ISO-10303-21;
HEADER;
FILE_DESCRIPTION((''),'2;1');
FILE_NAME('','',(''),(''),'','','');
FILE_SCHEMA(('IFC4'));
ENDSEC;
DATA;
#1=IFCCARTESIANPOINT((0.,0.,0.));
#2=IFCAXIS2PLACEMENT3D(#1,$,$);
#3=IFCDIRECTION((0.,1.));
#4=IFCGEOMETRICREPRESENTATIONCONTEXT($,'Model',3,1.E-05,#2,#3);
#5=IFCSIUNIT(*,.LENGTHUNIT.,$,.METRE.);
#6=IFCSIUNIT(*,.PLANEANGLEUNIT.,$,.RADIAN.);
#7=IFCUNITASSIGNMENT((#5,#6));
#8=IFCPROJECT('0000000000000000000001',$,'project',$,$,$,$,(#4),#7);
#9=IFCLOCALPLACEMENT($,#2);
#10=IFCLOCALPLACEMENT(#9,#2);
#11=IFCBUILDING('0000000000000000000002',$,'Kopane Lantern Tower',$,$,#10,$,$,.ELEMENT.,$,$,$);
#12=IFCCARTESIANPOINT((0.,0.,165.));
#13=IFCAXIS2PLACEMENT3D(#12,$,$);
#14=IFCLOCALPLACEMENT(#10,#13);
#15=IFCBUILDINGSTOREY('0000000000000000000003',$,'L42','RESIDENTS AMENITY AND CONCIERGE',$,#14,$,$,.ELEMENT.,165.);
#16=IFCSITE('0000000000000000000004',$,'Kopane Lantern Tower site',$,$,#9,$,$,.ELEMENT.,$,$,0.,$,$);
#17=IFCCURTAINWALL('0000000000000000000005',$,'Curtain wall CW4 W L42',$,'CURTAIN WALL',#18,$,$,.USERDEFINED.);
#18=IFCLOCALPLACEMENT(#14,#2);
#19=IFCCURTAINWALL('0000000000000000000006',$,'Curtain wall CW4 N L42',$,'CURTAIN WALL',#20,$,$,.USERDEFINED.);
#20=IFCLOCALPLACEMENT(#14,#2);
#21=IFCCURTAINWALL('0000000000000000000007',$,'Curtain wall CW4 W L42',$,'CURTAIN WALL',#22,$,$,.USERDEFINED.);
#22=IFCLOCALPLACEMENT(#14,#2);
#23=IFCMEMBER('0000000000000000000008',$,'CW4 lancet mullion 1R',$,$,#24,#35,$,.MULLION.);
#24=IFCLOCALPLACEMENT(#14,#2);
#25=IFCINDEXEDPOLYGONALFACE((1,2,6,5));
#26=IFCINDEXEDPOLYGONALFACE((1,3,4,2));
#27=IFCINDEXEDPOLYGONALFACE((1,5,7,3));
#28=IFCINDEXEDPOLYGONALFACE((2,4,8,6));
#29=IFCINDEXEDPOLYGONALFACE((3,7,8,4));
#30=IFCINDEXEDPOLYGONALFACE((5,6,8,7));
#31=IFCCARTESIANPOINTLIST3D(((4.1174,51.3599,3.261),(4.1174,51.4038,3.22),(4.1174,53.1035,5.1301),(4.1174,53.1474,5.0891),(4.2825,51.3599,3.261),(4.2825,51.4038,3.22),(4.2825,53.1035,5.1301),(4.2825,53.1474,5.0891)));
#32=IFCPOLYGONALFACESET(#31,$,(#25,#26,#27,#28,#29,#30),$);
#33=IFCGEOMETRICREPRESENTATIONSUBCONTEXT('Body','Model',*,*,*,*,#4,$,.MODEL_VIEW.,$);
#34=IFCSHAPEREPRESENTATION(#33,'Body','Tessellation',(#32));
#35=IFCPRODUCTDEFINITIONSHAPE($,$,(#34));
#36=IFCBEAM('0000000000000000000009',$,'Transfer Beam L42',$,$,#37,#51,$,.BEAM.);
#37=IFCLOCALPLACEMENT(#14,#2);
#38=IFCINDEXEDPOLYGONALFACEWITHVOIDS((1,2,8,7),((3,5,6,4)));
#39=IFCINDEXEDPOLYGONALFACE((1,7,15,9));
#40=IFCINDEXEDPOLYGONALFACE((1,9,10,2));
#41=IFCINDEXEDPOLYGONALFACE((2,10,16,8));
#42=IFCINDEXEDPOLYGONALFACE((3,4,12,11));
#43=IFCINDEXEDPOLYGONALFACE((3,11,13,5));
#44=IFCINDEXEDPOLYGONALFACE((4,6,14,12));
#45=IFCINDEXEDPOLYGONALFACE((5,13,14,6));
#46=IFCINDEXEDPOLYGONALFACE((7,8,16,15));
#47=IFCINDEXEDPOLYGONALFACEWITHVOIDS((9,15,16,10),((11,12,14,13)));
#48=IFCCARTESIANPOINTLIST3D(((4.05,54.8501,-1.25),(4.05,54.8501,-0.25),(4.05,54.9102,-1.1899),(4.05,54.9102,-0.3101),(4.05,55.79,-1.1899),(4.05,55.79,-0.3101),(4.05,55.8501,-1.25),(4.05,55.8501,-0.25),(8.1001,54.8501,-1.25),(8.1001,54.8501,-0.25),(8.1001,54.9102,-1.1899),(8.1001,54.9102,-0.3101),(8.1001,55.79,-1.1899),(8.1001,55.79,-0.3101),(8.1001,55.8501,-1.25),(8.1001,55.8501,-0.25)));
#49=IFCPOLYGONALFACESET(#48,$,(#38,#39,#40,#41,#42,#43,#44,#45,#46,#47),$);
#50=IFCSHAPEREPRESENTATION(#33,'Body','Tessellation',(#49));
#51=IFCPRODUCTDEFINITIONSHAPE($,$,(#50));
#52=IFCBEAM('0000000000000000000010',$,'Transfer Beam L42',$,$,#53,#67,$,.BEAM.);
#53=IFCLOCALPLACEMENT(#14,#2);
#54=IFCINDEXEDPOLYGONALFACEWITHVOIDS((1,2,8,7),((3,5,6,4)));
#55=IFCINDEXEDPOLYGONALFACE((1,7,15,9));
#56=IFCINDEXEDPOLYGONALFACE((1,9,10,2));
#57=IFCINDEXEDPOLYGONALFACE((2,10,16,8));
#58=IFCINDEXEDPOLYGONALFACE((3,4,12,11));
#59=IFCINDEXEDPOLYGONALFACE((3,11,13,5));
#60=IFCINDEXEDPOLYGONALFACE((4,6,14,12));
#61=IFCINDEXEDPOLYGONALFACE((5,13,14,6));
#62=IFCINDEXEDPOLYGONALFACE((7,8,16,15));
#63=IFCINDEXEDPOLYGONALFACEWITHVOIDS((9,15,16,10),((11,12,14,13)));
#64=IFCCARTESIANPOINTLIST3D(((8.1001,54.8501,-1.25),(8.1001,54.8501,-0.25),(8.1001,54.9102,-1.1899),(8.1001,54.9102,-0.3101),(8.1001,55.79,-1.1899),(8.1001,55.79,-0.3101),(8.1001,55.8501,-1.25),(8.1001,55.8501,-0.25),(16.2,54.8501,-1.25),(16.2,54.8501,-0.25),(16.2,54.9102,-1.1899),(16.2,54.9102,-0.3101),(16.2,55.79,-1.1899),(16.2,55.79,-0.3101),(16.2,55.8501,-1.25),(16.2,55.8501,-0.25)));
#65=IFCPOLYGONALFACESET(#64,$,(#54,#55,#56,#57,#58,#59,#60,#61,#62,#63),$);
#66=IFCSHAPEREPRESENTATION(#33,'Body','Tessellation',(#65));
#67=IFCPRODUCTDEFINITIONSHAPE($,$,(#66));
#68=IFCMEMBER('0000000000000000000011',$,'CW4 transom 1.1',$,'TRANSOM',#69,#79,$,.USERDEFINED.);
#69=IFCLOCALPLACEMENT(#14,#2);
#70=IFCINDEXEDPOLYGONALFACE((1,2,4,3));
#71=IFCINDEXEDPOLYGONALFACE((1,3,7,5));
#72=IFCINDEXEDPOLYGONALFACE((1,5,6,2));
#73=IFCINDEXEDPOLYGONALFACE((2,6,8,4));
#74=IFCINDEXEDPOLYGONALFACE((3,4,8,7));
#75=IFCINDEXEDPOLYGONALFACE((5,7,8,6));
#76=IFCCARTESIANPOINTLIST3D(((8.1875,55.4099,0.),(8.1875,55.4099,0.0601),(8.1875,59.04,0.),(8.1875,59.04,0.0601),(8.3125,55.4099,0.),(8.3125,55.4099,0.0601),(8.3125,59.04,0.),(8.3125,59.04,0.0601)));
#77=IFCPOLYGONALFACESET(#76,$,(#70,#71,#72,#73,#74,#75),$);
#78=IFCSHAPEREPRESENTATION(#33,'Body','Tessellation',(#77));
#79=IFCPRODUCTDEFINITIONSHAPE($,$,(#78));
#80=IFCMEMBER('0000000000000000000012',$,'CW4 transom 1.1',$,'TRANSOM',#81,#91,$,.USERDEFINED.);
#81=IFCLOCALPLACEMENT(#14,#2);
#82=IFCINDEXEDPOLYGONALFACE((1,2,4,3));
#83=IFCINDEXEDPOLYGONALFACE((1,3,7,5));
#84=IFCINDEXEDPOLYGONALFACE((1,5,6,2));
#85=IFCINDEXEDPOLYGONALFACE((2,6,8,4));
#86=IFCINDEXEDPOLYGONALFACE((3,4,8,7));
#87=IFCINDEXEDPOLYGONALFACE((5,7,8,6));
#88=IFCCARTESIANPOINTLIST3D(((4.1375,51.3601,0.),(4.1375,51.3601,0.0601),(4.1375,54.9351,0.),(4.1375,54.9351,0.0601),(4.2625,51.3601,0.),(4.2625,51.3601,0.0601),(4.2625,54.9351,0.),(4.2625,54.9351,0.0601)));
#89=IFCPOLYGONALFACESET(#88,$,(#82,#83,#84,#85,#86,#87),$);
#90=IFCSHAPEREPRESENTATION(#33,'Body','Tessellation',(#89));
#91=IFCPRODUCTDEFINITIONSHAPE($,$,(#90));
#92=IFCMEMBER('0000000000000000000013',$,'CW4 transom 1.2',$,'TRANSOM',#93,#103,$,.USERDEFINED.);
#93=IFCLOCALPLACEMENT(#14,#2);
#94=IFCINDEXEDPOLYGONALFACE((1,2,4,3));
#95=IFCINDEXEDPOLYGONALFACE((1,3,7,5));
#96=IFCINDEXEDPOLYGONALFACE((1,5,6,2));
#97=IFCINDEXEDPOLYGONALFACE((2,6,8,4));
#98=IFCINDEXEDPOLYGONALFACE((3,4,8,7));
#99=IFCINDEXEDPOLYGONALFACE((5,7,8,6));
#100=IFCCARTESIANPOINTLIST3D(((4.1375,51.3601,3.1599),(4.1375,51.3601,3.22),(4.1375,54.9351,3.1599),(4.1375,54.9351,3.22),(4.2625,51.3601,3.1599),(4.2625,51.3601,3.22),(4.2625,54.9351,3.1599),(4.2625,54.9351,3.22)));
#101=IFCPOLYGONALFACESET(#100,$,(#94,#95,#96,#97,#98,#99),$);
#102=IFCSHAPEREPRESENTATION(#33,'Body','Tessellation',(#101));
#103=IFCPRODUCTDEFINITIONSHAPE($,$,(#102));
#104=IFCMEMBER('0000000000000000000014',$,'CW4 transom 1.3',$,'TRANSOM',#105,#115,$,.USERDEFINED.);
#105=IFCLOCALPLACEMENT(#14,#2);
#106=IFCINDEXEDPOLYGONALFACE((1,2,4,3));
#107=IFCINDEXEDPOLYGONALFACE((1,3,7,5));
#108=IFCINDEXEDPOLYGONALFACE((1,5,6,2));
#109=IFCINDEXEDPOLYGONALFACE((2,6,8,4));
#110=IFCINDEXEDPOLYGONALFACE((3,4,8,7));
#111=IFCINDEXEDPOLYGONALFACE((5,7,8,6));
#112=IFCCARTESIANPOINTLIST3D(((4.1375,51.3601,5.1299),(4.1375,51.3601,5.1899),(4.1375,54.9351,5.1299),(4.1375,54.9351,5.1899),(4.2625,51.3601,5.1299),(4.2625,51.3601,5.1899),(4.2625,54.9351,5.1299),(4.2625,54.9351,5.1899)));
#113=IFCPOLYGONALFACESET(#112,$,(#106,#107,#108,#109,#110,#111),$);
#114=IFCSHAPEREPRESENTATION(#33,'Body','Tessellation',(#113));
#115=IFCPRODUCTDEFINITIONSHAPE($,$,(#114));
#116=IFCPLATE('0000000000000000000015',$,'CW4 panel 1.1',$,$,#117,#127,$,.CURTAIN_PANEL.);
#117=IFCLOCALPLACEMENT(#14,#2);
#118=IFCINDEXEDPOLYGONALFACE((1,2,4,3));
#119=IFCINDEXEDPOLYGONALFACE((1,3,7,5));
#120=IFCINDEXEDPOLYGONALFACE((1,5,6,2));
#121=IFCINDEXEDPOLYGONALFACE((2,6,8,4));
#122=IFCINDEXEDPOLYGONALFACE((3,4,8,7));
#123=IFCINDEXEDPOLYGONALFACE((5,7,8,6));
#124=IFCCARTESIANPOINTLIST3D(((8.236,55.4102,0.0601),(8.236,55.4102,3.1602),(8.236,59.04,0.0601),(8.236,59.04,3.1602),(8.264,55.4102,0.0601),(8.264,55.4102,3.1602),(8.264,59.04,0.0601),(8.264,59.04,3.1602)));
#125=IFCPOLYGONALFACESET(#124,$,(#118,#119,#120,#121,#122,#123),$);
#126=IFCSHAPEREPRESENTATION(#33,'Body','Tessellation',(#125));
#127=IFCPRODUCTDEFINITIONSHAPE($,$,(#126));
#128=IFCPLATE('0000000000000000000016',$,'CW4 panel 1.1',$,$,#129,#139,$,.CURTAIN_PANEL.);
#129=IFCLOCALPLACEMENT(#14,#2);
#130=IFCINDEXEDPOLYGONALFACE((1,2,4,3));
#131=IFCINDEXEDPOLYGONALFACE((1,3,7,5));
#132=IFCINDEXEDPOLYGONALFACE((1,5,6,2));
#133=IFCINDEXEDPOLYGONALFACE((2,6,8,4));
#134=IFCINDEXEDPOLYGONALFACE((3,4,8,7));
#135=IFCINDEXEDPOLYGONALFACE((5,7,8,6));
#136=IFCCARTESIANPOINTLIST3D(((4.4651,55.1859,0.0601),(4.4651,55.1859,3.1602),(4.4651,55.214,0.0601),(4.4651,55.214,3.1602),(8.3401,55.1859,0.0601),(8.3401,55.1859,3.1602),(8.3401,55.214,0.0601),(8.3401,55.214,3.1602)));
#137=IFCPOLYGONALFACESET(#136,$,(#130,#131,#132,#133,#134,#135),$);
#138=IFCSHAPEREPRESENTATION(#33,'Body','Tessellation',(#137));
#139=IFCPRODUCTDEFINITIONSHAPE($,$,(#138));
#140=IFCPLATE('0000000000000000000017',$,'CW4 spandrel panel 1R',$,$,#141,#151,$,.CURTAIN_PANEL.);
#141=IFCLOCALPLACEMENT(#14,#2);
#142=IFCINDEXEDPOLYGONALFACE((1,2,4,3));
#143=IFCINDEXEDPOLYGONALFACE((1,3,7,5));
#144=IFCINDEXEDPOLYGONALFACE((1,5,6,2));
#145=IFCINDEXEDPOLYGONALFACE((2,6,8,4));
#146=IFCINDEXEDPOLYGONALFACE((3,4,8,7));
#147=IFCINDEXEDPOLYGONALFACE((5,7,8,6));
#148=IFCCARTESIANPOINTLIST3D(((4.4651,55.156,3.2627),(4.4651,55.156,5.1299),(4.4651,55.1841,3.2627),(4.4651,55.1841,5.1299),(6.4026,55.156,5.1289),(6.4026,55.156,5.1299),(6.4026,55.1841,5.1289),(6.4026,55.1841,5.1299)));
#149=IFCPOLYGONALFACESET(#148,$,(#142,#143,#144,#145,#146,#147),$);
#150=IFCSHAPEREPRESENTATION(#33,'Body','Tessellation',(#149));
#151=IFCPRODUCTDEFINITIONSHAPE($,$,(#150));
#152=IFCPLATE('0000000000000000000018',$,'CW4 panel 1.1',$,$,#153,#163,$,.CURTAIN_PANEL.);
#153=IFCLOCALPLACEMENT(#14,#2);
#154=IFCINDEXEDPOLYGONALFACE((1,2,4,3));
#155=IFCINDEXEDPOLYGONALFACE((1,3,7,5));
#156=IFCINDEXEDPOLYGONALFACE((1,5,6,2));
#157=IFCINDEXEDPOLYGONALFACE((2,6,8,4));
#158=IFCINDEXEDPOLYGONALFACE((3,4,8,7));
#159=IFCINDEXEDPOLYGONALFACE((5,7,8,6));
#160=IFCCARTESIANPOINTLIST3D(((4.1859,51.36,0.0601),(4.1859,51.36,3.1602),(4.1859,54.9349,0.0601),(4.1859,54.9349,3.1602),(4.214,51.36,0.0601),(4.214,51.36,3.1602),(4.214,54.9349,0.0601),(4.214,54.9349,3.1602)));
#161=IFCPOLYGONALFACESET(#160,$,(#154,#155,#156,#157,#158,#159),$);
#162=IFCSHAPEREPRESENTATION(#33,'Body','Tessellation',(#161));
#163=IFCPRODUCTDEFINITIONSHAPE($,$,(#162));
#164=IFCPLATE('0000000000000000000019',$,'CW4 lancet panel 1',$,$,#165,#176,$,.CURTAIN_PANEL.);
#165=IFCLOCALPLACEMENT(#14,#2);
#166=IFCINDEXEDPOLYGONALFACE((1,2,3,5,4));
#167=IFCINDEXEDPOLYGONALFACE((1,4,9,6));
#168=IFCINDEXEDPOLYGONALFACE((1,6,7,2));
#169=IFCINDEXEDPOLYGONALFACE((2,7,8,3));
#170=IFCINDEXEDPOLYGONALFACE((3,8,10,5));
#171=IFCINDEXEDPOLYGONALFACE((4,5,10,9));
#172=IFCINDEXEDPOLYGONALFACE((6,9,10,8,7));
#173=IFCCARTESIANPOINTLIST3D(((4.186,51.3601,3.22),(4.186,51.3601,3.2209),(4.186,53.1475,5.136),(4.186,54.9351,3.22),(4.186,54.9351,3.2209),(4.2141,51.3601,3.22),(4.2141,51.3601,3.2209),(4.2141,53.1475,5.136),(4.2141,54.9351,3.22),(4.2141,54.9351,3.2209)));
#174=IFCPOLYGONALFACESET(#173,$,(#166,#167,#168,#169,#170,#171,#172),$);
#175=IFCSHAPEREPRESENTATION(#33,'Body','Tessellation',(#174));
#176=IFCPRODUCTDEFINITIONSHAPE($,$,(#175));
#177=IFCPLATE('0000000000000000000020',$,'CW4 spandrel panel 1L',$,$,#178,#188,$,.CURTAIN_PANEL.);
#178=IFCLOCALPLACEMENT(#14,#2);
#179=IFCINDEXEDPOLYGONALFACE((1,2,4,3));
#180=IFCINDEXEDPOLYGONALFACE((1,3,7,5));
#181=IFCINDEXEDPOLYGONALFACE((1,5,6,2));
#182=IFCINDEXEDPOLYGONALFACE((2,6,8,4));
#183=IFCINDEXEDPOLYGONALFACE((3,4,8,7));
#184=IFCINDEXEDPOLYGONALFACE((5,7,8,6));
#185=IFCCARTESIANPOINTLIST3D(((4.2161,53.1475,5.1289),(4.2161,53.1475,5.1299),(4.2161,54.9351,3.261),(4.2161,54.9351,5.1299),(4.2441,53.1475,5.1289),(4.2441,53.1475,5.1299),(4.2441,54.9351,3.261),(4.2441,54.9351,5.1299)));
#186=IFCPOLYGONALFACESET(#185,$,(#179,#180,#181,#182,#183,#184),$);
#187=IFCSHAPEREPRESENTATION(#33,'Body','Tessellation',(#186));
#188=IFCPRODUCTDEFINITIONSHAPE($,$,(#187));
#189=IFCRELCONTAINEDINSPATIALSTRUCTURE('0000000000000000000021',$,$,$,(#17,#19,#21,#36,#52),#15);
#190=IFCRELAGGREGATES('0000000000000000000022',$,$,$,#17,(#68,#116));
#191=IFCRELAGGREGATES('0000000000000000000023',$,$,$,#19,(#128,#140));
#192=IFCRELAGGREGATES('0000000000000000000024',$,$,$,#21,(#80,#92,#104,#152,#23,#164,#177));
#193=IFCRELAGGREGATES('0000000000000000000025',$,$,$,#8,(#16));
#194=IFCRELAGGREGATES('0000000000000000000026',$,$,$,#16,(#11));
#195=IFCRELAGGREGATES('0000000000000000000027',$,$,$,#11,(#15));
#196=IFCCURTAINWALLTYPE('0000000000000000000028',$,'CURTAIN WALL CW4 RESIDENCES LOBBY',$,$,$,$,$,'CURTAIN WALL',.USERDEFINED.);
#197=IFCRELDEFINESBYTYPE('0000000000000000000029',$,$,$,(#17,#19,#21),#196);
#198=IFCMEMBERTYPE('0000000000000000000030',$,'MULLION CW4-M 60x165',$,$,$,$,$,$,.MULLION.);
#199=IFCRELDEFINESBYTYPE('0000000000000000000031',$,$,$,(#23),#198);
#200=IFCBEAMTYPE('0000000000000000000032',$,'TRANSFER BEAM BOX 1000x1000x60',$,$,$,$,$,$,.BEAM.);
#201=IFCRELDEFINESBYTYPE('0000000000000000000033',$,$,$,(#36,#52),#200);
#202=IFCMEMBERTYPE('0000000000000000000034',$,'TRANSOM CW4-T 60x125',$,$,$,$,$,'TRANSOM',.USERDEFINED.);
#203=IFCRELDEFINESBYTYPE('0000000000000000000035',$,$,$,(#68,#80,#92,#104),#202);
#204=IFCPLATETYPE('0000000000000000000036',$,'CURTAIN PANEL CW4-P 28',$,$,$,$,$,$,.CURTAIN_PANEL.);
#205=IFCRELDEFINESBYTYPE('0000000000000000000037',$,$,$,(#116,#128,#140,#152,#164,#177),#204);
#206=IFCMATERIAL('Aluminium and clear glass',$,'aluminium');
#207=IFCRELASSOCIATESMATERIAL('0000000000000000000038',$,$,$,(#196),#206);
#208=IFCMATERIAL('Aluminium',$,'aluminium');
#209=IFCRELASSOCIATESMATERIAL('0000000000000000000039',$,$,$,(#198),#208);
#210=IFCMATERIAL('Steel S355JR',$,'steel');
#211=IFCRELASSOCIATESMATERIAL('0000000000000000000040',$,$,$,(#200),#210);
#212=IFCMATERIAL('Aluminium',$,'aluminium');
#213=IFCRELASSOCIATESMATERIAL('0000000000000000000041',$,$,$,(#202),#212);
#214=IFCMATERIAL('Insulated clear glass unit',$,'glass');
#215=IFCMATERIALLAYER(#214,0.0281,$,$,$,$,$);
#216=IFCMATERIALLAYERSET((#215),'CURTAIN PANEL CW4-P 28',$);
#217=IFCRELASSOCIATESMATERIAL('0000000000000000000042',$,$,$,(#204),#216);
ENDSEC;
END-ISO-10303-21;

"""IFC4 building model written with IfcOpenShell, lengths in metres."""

from ifc_helpers import new_model, si_unit, direction, frame, origin, origin_2d, place, context, subcontext, project, spatial, polyline, rectangle, hollow_rectangle, outline, extrude, material, layer, layer_set, material_profile, profile_set, type_object, element, aggregate, save


model = new_model("IFC4")

# Units and contexts
model_context = context("Model", 3, precision=1e-05, world=origin(), true_north=direction((0.0, 1.0)))
body_context = subcontext(model_context, "Body", "Model", "MODEL_VIEW")
ifc_project = project(units=[si_unit("LENGTHUNIT", "METRE"), si_unit("PLANEANGLEUNIT", "RADIAN")], contexts=[model_context])

# Site, building, storey
site_placement = place(None, origin())
site = spatial("IfcSite", under=ifc_project, at=site_placement, Name="Kopane Lantern Tower site", CompositionType="ELEMENT", RefElevation=0.0)
building_placement = place(site_placement, origin())
building = spatial("IfcBuilding", under=site, at=building_placement, Name="Kopane Lantern Tower", CompositionType="ELEMENT")
storey_placement = place(building_placement, frame((0.0, 0.0, 165.0)))
storey = spatial("IfcBuildingStorey", under=building, at=storey_placement, Name="L42", Description="RESIDENTS AMENITY AND CONCIERGE", CompositionType="ELEMENT", Elevation=165.0)

# Curtain walls, member
ifc_material_1 = material(Name="Aluminium and clear glass", Category="aluminium")
curtain_wall_type = type_object("IfcCurtainWallType", Name="CURTAIN WALL CW4 RESIDENCES LOBBY", ElementType="CURTAIN WALL", PredefinedType="USERDEFINED", material=ifc_material_1)
curtain_wall_1_placement = place(storey_placement, origin())
curtain_wall_1 = element("IfcCurtainWall", 1, at=curtain_wall_1_placement, inside=storey, type_object=curtain_wall_type, Name="Curtain wall CW4 W L42", ObjectType="CURTAIN WALL", PredefinedType="USERDEFINED")
ifc_material_2 = material(Name="Aluminium", Category="aluminium")
ifc_material_profile_1 = material_profile(ifc_material_2, rectangle(XDim=0.0601, YDim=0.165, at=origin_2d()), Name="AL 60x165")
ifc_profile_set_1 = profile_set([ifc_material_profile_1], Name="Aluminium")
member_type_1 = type_object("IfcMemberType", Name="MULLION CW4-M 60x165", PredefinedType="MULLION", material=ifc_profile_set_1)
curtain_wall_2_placement = place(storey_placement, origin())
curtain_wall_2 = element("IfcCurtainWall", 2, at=curtain_wall_2_placement, inside=storey, type_object=curtain_wall_type, Name="Curtain wall CW4 N L42", ObjectType="CURTAIN WALL", PredefinedType="USERDEFINED")
curtain_wall_3_placement = place(storey_placement, origin())
curtain_wall_3 = element("IfcCurtainWall", 3, at=curtain_wall_3_placement, inside=storey, type_object=curtain_wall_type, Name="Curtain wall CW4 W L42", ObjectType="CURTAIN WALL", PredefinedType="USERDEFINED")
member_1_placement = place(storey_placement, frame((4.2, 51.3818, 3.2405), z_axis=(0.0, 0.682134, 0.731227), x_axis=(0.0, -0.731227, 0.682134)))
member_1 = element("IfcMember", 4, at=member_1_placement, type_object=member_type_1, Name="CW4 lancet mullion 1R", PredefinedType="MULLION", context=body_context, shape_type="SweptSolid", body=[
    extrude(rectangle(XDim=0.0601, YDim=0.165, at=origin_2d()), origin(), (0.0, 0.0, 1.0), 2.5562),
])

# Beams
ifc_material_3 = material(Name="Steel S355JR", Category="steel")
ifc_material_profile_2 = material_profile(ifc_material_3, hollow_rectangle(XDim=1.0, YDim=1.0, WallThickness=0.0601, at=origin_2d()), Name="BOX 1000x1000x60")
ifc_profile_set_2 = profile_set([ifc_material_profile_2], Name="Steel S355JR")
beam_type_1 = type_object("IfcBeamType", Name="TRANSFER BEAM BOX 1000x1000x60", PredefinedType="BEAM", material=ifc_profile_set_2)
beam_1_placement = place(storey_placement, frame((4.05, 55.3501, -0.75), z_axis=(1.0, 0.0, 0.0), x_axis=(0.0, 1.0, 0.0)))
element("IfcBeam", 5, at=beam_1_placement, inside=storey, type_object=beam_type_1, Name="Transfer Beam L42", PredefinedType="BEAM", context=body_context, shape_type="SweptSolid", body=[
    extrude(hollow_rectangle(XDim=1.0, YDim=1.0, WallThickness=0.0601, at=origin_2d()), origin(), (0.0, 0.0, 1.0), 4.05),
])
beam_2_placement = place(storey_placement, frame((8.1001, 55.3501, -0.75), z_axis=(1.0, 0.0, 0.0), x_axis=(0.0, 1.0, 0.0)))
element("IfcBeam", 6, at=beam_2_placement, inside=storey, type_object=beam_type_1, Name="Transfer Beam L42", PredefinedType="BEAM", context=body_context, shape_type="SweptSolid", body=[
    extrude(hollow_rectangle(XDim=1.0, YDim=1.0, WallThickness=0.0601, at=origin_2d()), origin(), (0.0, 0.0, 1.0), 8.0999),
])

# Members
ifc_material_4 = material(Name="Aluminium", Category="aluminium")
ifc_material_profile_3 = material_profile(ifc_material_4, rectangle(XDim=0.125, YDim=0.0601, at=origin_2d()), Name="AL 125x60")
ifc_profile_set_3 = profile_set([ifc_material_profile_3], Name="Aluminium")
member_type_2 = type_object("IfcMemberType", Name="TRANSOM CW4-T 60x125", ElementType="TRANSOM", PredefinedType="USERDEFINED", material=ifc_profile_set_3)
member_2_placement = place(storey_placement, frame((8.25, 59.04, 0.03), z_axis=(0.0, -1.0, 0.0), x_axis=(1.0, 0.0, 0.0)))
member_2 = element("IfcMember", 7, at=member_2_placement, type_object=member_type_2, Name="CW4 transom 1.1", ObjectType="TRANSOM", PredefinedType="USERDEFINED", context=body_context, shape_type="SweptSolid", body=[
    extrude(rectangle(XDim=0.125, YDim=0.0601, at=origin_2d()), origin(), (0.0, 0.0, 1.0), 3.6301),
])
member_3_placement = place(storey_placement, frame((4.2, 54.9351, 0.03), z_axis=(0.0, -1.0, 0.0), x_axis=(1.0, 0.0, 0.0)))
member_3 = element("IfcMember", 8, at=member_3_placement, type_object=member_type_2, Name="CW4 transom 1.1", ObjectType="TRANSOM", PredefinedType="USERDEFINED", context=body_context, shape_type="SweptSolid", body=[
    extrude(rectangle(XDim=0.125, YDim=0.0601, at=origin_2d()), origin(), (0.0, 0.0, 1.0), 3.575),
])
member_4_placement = place(storey_placement, frame((4.2, 54.9351, 3.1899), z_axis=(0.0, -1.0, 0.0), x_axis=(1.0, 0.0, 0.0)))
member_4 = element("IfcMember", 9, at=member_4_placement, type_object=member_type_2, Name="CW4 transom 1.2", ObjectType="TRANSOM", PredefinedType="USERDEFINED", context=body_context, shape_type="SweptSolid", body=[
    extrude(rectangle(XDim=0.125, YDim=0.0601, at=origin_2d()), origin(), (0.0, 0.0, 1.0), 3.575),
])
member_5_placement = place(storey_placement, frame((4.2, 54.9351, 5.1599), z_axis=(0.0, -1.0, 0.0), x_axis=(1.0, 0.0, 0.0)))
member_5 = element("IfcMember", 10, at=member_5_placement, type_object=member_type_2, Name="CW4 transom 1.3", ObjectType="TRANSOM", PredefinedType="USERDEFINED", context=body_context, shape_type="SweptSolid", body=[
    extrude(rectangle(XDim=0.125, YDim=0.0601, at=origin_2d()), origin(), (0.0, 0.0, 1.0), 3.575),
])

# Plates
ifc_material_5 = material(Name="Insulated clear glass unit", Category="glass")
ifc_layer_1 = layer(ifc_material_5, 0.0281)
ifc_layer_set_1 = layer_set([ifc_layer_1], Name="CURTAIN PANEL CW4-P 28")
plate_type_1 = type_object("IfcPlateType", Name="CURTAIN PANEL CW4-P 28", PredefinedType="CURTAIN_PANEL", material=ifc_layer_set_1)
plate_1_placement = place(storey_placement, frame((8.25, 57.2251, 0.0601), z_axis=(0.0, 0.0, 1.0), x_axis=(0.0, -1.0, 0.0)))
plate_1 = element("IfcPlate", 11, at=plate_1_placement, type_object=plate_type_1, Name="CW4 panel 1.1", PredefinedType="CURTAIN_PANEL", context=body_context, shape_type="SweptSolid", body=[
    extrude(rectangle(XDim=3.6299, YDim=0.0281, at=origin_2d()), origin(), (0.0, 0.0, 1.0), 3.1001),
])
aggregate(curtain_wall_1, [member_2, plate_1])
plate_2_placement = place(storey_placement, frame((6.4026, 55.2, 0.0601), z_axis=(0.0, 0.0, 1.0), x_axis=(-1.0, 0.0, 0.0)))
plate_2 = element("IfcPlate", 12, at=plate_2_placement, type_object=plate_type_1, Name="CW4 panel 1.1", PredefinedType="CURTAIN_PANEL", context=body_context, shape_type="SweptSolid", body=[
    extrude(rectangle(XDim=3.875, YDim=0.0281, at=origin_2d()), origin(), (0.0, 0.0, 1.0), 3.1001),
])
plate_3_placement = place(storey_placement, frame((4.4651, 55.1699, 5.1299), z_axis=(0.0, 0.0, 1.0), x_axis=(1.0, 0.0, 0.0)))
plate_3 = element("IfcPlate", 13, at=plate_3_placement, type_object=plate_type_1, Name="CW4 spandrel panel 1R", PredefinedType="CURTAIN_PANEL", context=body_context, shape_type="SweptSolid", body=[
    extrude(outline(polyline([(0.0, 0.0), (1.9375, 0.0), (1.9375, -0.001), (0.0, -1.8672), (0.0, 0.0)])), frame((0.0, 0.0142, 0.0), z_axis=(0.0, -1.0, 0.0), x_axis=(1.0, 0.0, 0.0)), (0.0, 0.0, 1.0), 0.0281),
])
aggregate(curtain_wall_2, [plate_2, plate_3])
plate_4_placement = place(storey_placement, frame((4.2, 53.1475, 0.0601), z_axis=(0.0, 0.0, 1.0), x_axis=(0.0, -1.0, 0.0)))
plate_4 = element("IfcPlate", 14, at=plate_4_placement, type_object=plate_type_1, Name="CW4 panel 1.1", PredefinedType="CURTAIN_PANEL", context=body_context, shape_type="SweptSolid", body=[
    extrude(rectangle(XDim=3.575, YDim=0.0281, at=origin_2d()), origin(), (0.0, 0.0, 1.0), 3.1001),
])
plate_5_placement = place(storey_placement, frame((4.2, 54.9351, 3.22), z_axis=(0.0, 0.0, 1.0), x_axis=(0.0, -1.0, 0.0)))
plate_5 = element("IfcPlate", 15, at=plate_5_placement, type_object=plate_type_1, Name="CW4 lancet panel 1", PredefinedType="CURTAIN_PANEL", context=body_context, shape_type="SweptSolid", body=[
    extrude(outline(polyline([(0.0, 0.0), (3.575, 0.0), (3.575, 0.001), (1.7876, 1.916), (0.0, 0.001), (0.0, 0.0)])), frame((0.0, 0.0142, 0.0), z_axis=(0.0, -1.0, 0.0), x_axis=(1.0, 0.0, 0.0)), (0.0, 0.0, 1.0), 0.0281),
])
plate_6_placement = place(storey_placement, frame((4.23, 54.9351, 5.1299), z_axis=(0.0, 0.0, 1.0), x_axis=(0.0, -1.0, 0.0)))
plate_6 = element("IfcPlate", 16, at=plate_6_placement, type_object=plate_type_1, Name="CW4 spandrel panel 1L", PredefinedType="CURTAIN_PANEL", context=body_context, shape_type="SweptSolid", body=[
    extrude(outline(polyline([(0.0, 0.0), (1.7876, 0.0), (1.7876, -0.001), (0.0, -1.8689), (0.0, 0.0)])), frame((0.0, 0.0142, 0.0), z_axis=(0.0, -1.0, 0.0), x_axis=(1.0, 0.0, 0.0)), (0.0, 0.0, 1.0), 0.0281),
])
aggregate(curtain_wall_3, [member_3, member_4, member_5, plate_4, member_1, plate_5, plate_6])

save(model, "model.ifc")
